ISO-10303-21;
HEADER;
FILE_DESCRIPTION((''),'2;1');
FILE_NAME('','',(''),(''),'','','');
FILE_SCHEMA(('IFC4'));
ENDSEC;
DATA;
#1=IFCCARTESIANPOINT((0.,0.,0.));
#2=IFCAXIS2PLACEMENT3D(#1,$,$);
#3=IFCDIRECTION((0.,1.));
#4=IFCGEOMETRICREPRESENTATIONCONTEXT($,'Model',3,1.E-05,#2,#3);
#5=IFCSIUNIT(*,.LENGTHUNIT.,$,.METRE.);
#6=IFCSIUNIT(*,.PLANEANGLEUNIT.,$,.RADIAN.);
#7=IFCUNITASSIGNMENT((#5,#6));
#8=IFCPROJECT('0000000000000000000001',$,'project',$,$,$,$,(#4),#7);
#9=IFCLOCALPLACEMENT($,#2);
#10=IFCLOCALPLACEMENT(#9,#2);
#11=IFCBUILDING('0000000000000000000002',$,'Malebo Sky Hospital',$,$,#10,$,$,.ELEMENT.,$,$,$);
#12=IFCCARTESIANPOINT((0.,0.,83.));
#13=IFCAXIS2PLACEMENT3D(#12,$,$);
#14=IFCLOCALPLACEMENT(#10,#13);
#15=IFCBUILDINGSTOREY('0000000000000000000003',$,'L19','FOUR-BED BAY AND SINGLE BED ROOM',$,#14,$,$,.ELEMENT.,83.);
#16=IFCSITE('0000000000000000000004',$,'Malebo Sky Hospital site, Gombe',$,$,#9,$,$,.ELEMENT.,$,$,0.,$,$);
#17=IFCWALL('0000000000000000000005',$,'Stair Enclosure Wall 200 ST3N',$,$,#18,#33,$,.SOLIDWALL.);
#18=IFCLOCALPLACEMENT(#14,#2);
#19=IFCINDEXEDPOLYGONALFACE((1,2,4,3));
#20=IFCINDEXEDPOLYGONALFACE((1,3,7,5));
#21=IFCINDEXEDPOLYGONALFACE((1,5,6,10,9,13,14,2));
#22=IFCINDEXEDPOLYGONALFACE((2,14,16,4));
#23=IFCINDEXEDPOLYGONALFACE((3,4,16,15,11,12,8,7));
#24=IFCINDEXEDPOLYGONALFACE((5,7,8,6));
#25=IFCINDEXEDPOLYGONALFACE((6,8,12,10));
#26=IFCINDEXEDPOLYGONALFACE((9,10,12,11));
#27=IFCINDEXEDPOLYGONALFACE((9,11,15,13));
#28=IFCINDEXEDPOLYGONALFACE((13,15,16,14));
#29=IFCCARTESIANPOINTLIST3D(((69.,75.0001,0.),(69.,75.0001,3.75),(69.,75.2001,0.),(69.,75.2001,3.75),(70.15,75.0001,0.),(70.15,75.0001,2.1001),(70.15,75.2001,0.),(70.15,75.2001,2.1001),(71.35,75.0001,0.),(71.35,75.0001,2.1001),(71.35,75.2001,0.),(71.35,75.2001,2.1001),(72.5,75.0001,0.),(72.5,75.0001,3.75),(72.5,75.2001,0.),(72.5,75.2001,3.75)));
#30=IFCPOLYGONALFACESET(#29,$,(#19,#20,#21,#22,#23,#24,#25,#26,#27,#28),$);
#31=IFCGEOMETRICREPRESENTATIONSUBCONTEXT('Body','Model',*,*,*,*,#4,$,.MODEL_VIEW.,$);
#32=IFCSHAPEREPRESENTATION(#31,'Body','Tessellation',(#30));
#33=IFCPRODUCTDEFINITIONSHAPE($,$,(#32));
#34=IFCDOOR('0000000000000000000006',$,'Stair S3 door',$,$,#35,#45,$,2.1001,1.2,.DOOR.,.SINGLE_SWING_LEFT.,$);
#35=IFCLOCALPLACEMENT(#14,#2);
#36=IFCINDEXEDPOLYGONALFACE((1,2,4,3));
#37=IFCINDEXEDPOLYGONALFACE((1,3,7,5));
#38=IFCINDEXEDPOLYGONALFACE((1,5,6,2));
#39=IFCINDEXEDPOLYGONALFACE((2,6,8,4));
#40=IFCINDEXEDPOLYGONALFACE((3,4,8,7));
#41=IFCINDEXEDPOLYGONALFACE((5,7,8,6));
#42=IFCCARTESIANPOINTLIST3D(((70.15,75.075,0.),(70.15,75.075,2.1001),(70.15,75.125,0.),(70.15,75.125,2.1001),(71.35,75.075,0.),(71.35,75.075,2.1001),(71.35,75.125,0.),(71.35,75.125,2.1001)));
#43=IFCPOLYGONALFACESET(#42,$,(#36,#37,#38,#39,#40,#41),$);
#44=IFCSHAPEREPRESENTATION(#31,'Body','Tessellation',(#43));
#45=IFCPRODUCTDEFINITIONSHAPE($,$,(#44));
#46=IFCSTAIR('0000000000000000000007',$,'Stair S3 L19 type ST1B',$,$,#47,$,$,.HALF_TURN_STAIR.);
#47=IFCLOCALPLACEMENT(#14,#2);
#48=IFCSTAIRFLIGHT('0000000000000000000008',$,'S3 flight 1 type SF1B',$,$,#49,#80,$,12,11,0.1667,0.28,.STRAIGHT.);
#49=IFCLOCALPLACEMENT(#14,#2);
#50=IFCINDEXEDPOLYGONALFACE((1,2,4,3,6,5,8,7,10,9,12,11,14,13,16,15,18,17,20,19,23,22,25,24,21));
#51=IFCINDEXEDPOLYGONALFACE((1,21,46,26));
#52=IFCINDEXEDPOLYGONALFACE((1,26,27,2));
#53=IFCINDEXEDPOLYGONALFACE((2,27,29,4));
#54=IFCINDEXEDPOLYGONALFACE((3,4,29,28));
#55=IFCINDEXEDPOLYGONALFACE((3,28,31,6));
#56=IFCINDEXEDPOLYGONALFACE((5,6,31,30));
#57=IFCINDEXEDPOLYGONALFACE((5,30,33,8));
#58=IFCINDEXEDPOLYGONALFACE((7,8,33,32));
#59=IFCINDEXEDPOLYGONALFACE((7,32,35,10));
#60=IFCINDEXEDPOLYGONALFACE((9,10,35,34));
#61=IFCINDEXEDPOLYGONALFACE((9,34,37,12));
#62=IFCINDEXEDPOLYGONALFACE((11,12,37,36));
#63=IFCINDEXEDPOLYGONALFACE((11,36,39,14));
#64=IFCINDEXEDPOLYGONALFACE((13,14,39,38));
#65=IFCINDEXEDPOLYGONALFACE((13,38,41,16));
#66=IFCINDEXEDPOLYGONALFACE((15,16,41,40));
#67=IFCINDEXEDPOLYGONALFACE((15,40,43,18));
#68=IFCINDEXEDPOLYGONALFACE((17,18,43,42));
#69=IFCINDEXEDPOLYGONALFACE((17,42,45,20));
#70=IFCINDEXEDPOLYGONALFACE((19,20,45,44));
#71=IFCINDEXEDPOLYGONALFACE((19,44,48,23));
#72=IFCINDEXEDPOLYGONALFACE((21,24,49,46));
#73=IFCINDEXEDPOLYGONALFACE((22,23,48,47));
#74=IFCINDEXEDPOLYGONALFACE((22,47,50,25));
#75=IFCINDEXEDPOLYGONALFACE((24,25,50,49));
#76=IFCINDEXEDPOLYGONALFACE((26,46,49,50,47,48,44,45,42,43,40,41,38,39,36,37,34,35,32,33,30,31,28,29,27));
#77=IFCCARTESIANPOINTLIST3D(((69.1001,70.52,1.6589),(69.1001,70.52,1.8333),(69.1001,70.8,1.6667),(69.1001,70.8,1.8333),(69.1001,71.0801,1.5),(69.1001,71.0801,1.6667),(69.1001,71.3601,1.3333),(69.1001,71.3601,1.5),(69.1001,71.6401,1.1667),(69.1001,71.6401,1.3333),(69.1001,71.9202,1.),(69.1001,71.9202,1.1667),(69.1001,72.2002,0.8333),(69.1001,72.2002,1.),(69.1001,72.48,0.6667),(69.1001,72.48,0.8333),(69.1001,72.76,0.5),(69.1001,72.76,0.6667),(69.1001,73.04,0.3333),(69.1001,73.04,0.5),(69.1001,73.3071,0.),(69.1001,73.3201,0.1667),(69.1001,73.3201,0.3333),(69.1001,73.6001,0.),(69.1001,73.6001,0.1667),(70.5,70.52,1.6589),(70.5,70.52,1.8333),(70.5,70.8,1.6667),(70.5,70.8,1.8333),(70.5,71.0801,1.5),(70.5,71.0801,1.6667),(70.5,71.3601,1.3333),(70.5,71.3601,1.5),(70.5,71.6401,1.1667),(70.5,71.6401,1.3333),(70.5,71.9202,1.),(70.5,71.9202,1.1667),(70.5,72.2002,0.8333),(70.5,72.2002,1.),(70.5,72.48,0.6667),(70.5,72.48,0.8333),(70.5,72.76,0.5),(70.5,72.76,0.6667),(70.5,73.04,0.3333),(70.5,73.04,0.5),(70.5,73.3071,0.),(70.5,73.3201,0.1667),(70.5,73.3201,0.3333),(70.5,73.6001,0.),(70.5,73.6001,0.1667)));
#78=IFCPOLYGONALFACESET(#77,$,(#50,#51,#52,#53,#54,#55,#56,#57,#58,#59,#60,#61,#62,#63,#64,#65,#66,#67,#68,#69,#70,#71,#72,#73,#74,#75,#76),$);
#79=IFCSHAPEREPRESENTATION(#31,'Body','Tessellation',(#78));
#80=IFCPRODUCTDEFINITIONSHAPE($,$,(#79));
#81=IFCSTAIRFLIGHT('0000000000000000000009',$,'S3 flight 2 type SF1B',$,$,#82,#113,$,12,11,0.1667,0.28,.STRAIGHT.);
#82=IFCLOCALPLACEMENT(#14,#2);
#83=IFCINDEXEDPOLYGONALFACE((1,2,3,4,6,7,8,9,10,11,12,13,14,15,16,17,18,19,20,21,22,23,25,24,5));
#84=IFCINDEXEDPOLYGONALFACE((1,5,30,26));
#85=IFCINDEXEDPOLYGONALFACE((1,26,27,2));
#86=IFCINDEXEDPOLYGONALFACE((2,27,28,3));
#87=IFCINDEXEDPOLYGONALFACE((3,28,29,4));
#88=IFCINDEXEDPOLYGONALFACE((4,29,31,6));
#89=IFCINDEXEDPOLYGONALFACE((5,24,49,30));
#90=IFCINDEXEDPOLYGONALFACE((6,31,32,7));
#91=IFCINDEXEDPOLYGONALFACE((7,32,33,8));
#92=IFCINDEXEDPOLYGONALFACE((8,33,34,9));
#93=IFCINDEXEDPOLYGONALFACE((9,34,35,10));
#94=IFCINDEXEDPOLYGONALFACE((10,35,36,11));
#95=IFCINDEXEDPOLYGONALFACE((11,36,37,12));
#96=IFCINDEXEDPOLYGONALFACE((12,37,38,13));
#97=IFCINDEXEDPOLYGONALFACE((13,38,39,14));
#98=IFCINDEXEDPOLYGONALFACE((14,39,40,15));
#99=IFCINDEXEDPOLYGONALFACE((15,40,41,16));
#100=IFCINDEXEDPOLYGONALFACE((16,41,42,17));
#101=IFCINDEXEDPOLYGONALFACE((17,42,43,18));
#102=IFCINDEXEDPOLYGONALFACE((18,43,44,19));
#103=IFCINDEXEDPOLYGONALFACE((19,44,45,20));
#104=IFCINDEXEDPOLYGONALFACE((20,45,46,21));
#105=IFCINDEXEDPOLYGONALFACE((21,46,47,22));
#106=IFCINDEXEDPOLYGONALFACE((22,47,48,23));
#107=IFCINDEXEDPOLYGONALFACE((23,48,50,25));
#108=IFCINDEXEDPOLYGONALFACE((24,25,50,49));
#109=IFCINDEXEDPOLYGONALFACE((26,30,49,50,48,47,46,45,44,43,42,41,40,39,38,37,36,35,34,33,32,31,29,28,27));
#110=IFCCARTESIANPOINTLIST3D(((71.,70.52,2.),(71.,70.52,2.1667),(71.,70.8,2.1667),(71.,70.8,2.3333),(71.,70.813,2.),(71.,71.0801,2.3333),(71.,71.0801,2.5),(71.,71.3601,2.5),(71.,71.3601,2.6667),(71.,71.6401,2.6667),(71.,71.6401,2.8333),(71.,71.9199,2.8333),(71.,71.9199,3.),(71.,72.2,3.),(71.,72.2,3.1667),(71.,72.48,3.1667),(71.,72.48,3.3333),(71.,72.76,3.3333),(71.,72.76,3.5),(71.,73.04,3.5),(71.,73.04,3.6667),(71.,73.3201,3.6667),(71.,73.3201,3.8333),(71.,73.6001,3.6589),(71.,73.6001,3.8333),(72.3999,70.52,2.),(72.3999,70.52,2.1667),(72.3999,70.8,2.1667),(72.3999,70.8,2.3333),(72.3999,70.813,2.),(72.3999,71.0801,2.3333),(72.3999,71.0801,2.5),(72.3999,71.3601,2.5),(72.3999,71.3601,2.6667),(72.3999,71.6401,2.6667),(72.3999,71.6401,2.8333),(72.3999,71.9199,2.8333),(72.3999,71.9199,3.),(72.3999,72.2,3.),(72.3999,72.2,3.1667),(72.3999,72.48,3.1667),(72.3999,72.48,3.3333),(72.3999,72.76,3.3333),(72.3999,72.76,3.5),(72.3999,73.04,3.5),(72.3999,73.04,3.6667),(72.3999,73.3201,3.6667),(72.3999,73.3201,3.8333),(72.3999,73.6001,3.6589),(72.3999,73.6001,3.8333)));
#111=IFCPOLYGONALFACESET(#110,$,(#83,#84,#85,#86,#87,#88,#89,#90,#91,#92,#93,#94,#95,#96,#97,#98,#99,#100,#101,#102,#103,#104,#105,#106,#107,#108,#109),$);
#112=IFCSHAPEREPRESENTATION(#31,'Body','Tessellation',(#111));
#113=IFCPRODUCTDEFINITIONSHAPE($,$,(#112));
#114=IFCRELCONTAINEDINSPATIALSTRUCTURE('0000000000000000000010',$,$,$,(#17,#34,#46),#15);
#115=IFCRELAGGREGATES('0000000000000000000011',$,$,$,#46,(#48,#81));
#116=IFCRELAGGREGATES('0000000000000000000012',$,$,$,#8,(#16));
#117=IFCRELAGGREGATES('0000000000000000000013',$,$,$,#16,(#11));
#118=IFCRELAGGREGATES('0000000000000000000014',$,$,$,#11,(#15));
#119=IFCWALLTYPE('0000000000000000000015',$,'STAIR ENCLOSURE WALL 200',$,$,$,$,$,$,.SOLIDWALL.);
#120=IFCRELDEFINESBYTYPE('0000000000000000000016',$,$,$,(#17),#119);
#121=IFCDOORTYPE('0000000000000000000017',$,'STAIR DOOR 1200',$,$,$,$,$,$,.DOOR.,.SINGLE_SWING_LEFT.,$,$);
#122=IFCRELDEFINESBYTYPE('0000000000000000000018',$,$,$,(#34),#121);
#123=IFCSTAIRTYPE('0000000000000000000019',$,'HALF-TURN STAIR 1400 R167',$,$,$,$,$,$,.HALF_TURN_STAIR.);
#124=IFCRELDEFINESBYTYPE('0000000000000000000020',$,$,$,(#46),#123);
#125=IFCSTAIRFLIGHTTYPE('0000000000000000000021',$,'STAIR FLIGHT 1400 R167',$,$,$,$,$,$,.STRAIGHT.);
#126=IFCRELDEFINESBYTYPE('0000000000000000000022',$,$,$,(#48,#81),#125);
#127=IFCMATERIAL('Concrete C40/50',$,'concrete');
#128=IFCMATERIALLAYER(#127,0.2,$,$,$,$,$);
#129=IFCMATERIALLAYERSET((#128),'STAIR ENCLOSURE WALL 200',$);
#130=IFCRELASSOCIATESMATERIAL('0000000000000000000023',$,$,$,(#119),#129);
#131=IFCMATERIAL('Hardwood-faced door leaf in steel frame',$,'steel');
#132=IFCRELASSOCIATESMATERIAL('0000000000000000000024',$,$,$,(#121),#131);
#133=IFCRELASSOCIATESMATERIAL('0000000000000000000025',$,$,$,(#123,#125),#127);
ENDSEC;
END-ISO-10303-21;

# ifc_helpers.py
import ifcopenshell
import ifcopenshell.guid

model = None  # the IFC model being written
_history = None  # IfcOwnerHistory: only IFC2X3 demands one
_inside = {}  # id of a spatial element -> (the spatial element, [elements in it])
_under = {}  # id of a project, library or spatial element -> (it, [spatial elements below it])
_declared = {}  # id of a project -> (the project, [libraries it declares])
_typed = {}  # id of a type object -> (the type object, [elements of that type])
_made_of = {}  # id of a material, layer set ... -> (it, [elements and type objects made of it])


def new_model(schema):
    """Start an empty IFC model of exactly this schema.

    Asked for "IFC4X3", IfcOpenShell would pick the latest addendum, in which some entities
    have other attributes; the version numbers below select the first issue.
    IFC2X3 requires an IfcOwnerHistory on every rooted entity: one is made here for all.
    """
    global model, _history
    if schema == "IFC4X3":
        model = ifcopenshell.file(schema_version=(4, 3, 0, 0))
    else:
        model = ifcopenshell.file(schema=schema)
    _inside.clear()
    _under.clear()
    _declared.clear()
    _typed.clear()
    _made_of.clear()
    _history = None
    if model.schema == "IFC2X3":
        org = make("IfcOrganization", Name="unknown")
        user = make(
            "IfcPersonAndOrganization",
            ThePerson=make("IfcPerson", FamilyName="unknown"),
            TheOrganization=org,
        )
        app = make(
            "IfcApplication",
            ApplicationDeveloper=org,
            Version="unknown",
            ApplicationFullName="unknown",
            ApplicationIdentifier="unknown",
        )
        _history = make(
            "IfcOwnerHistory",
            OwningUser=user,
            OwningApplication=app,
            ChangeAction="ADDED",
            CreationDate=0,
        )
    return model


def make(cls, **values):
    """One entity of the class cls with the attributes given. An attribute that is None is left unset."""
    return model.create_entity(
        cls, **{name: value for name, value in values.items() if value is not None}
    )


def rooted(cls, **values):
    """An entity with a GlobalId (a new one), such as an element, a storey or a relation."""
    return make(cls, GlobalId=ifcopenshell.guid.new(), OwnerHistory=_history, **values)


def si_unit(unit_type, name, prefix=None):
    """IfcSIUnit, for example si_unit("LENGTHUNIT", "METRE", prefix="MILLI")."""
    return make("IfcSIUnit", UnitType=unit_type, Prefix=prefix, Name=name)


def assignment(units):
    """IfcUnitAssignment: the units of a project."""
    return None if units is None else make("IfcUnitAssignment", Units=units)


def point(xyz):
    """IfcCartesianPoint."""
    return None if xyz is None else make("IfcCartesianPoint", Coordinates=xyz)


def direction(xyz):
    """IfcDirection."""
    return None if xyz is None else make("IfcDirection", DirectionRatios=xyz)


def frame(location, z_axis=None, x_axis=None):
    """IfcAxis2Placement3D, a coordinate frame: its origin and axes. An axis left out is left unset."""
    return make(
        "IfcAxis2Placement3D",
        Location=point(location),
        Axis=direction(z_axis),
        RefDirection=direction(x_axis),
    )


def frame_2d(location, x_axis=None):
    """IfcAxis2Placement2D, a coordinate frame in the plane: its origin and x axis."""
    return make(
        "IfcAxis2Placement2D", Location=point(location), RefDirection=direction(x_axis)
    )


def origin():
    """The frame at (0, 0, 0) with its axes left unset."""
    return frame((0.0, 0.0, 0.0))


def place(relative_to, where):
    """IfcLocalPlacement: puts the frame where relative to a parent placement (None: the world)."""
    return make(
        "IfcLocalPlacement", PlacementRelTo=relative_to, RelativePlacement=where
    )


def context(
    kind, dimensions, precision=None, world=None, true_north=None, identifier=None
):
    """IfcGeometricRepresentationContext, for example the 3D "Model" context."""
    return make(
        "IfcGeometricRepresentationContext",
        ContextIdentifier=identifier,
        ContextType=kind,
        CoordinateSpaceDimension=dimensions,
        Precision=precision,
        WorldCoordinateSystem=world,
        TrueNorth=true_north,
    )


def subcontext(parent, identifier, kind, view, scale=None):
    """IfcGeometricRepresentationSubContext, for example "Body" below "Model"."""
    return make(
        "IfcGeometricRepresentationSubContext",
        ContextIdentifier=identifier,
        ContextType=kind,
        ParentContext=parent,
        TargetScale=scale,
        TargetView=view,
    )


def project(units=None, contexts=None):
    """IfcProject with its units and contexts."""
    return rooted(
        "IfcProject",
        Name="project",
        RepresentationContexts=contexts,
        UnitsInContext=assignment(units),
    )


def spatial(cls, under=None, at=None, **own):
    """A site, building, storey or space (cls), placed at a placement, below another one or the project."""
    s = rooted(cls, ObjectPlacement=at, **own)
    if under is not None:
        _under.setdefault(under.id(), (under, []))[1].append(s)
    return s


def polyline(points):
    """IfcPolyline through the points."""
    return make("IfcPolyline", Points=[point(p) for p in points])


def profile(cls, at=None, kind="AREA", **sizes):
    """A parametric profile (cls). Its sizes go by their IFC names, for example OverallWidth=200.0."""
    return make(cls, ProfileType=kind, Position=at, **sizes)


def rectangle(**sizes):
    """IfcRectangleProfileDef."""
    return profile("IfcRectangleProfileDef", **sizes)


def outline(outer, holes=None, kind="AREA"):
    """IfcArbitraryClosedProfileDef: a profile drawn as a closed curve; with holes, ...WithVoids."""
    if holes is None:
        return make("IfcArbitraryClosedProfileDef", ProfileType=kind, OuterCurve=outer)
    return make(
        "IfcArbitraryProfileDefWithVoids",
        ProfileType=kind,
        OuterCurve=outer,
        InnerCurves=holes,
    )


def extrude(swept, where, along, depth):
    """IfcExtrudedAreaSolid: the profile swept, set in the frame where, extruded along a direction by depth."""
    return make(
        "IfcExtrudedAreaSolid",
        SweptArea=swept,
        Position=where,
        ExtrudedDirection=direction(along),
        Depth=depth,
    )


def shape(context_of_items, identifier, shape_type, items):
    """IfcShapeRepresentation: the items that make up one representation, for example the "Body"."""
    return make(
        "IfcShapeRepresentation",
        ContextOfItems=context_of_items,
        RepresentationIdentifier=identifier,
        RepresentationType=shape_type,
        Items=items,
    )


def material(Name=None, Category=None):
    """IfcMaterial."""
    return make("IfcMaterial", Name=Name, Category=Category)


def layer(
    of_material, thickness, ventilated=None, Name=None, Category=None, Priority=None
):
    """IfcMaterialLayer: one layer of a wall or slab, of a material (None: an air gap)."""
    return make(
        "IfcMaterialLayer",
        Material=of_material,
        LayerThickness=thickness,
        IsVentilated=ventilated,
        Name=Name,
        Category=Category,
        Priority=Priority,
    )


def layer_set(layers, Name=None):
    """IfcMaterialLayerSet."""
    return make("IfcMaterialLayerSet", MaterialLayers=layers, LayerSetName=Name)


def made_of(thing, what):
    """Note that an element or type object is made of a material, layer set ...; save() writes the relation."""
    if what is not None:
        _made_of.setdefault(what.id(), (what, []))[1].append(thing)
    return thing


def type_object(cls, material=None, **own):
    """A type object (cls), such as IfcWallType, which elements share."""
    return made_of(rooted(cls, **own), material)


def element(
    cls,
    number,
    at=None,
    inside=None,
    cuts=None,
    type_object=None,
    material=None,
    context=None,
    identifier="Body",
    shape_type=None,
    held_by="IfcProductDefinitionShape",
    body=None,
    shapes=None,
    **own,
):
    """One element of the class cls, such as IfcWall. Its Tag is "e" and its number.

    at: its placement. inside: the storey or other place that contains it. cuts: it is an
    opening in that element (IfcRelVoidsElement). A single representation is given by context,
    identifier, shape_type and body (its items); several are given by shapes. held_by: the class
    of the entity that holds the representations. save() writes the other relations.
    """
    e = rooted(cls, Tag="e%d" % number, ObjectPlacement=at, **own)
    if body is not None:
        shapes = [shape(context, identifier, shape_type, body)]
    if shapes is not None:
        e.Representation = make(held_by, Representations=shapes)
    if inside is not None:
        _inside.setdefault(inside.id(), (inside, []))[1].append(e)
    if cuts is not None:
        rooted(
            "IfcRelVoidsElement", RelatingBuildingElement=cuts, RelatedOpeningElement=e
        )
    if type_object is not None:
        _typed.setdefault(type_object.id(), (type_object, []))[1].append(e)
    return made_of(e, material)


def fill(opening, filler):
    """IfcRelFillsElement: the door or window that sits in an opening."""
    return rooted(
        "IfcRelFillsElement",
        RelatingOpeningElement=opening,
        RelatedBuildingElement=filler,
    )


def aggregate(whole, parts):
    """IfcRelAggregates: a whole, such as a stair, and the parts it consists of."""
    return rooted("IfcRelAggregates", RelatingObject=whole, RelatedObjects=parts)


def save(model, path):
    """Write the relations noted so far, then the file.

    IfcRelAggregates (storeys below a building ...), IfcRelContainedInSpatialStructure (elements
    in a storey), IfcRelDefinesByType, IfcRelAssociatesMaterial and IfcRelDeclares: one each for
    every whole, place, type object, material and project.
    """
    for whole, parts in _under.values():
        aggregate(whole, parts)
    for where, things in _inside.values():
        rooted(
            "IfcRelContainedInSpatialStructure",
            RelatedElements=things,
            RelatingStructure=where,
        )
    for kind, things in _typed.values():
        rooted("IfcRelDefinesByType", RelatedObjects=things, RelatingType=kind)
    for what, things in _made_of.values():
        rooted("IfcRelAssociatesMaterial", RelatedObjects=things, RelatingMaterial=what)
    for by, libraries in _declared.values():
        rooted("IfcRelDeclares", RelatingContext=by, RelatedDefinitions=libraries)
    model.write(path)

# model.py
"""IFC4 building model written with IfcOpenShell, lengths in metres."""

from ifc_helpers import new_model, si_unit, direction, frame, frame_2d, origin, place, context, subcontext, project, spatial, polyline, rectangle, outline, extrude, material, layer, layer_set, type_object, element, fill, aggregate, save


model = new_model("IFC4")

# Units and contexts
model_context = context("Model", 3, precision=1e-05, world=origin(), true_north=direction((0.0, 1.0)))
body_context = subcontext(model_context, "Body", "Model", "MODEL_VIEW")
ifc_project = project(units=[si_unit("LENGTHUNIT", "METRE"), si_unit("PLANEANGLEUNIT", "RADIAN")], contexts=[model_context])

# Site, building, storey
site_placement = place(None, origin())
site = spatial("IfcSite", under=ifc_project, at=site_placement, Name="Malebo Sky Hospital site, Gombe", CompositionType="ELEMENT", RefElevation=0.0)
building_placement = place(site_placement, origin())
building = spatial("IfcBuilding", under=site, at=building_placement, Name="Malebo Sky Hospital", CompositionType="ELEMENT")
storey_placement = place(building_placement, frame((0.0, 0.0, 83.0)))
storey = spatial("IfcBuildingStorey", under=building, at=storey_placement, Name="L19", Description="FOUR-BED BAY AND SINGLE BED ROOM", CompositionType="ELEMENT", Elevation=83.0)

# Shared definitions
ifc_material_1 = material(Name="Hardwood-faced door leaf in steel frame", Category="steel")

# Shared definitions
ifc_material_2 = material(Name="Concrete C40/50", Category="concrete")
ifc_layer_1 = layer(ifc_material_2, 0.2)
ifc_layer_set_1 = layer_set([ifc_layer_1], Name="STAIR ENCLOSURE WALL 200")
wall_type_1 = type_object("IfcWallType", Name="STAIR ENCLOSURE WALL 200", PredefinedType="SOLIDWALL", material=ifc_layer_set_1)

# Wall, opening, door
wall_1_placement = place(storey_placement, frame((69.0, 75.1001, 0.0), z_axis=(0.0, 0.0, 1.0), x_axis=(1.0, 0.0, 0.0)))
wall_1 = element("IfcWall", 1, at=wall_1_placement, inside=storey, type_object=wall_type_1, Name="Stair Enclosure Wall 200 ST3N", PredefinedType="SOLIDWALL", context=body_context, shape_type="SweptSolid", body=[
    extrude(rectangle(XDim=3.5, YDim=0.2, at=frame_2d((1.75, 0.0))), origin(), (0.0, 0.0, 1.0), 3.75),
])
opening_1_placement = place(wall_1_placement, frame((1.1499, 0.0, 0.0)))
opening_1 = element("IfcOpeningElement", 2, at=opening_1_placement, cuts=wall_1, PredefinedType="OPENING", context=body_context, shape_type="SweptSolid", body=[
    extrude(rectangle(XDim=1.2, YDim=2.1001, at=frame_2d((0.6001, 1.05))), frame((0.0, 0.1099, 0.0), z_axis=(0.0, -1.0, 0.0), x_axis=(1.0, 0.0, 0.0)), (0.0, 0.0, 1.0), 0.22),
])
door_type_1 = type_object("IfcDoorType", Name="STAIR DOOR 1200", OperationType="SINGLE_SWING_LEFT", PredefinedType="DOOR", material=ifc_material_1)
door_1_placement = place(opening_1_placement, origin())
door_1 = element("IfcDoor", 3, at=door_1_placement, inside=storey, type_object=door_type_1, Name="Stair S3 door", OperationType="SINGLE_SWING_LEFT", OverallHeight=2.1001, OverallWidth=1.2, PredefinedType="DOOR", context=body_context, shape_type="SweptSolid", body=[
    extrude(rectangle(XDim=1.2, YDim=2.1001, at=frame_2d((0.6001, 1.05))), frame((0.0, 0.0249, 0.0), z_axis=(0.0, -1.0, 0.0), x_axis=(1.0, 0.0, 0.0)), (0.0, 0.0, 1.0), 0.05),
])
fill(opening_1, door_1)

# Stair, stair flights
stair_type = type_object("IfcStairType", Name="HALF-TURN STAIR 1400 R167", PredefinedType="HALF_TURN_STAIR", material=ifc_material_2)
stair_placement = place(storey_placement, origin())
stair = element("IfcStair", 4, at=stair_placement, inside=storey, type_object=stair_type, Name="Stair S3 L19 type ST1B", PredefinedType="HALF_TURN_STAIR")
stair_flight_type = type_object("IfcStairFlightType", Name="STAIR FLIGHT 1400 R167", PredefinedType="STRAIGHT", material=ifc_material_2)
stair_flight_1_placement = place(storey_placement, frame((69.8, 73.6001, 0.0), z_axis=(0.0, 0.0, 1.0), x_axis=(0.0, -1.0, 0.0)))
stair_flight_1 = element("IfcStairFlight", 5, at=stair_flight_1_placement, type_object=stair_flight_type, Name="S3 flight 1 type SF1B", NumberOfRisers=12, NumberOfTreads=11, PredefinedType="STRAIGHT", RiserHeight=0.1667, TreadLength=0.28, context=body_context, shape_type="SweptSolid", body=[
    extrude(outline(polyline([(0.0, 0.0), (0.0, 0.1667), (0.28, 0.1667), (0.28, 0.3333), (0.5601, 0.3333), (0.5601, 0.5), (0.8401, 0.5), (0.8401, 0.6667), (1.1201, 0.6667), (1.1201, 0.8333), (1.3999, 0.8333), (1.3999, 1.0), (1.6799, 1.0), (1.6799, 1.1667), (1.96, 1.1667), (1.96, 1.3333), (2.24, 1.3333), (2.24, 1.5), (2.52, 1.5), (2.52, 1.6667), (2.8, 1.6667), (2.8, 1.8333), (3.0801, 1.8333), (3.0801, 2.0), (3.0801, 1.6589), (0.293, 0.0), (0.0, 0.0)])), frame((0.0, 0.7, 0.0), z_axis=(0.0, -1.0, 0.0), x_axis=(1.0, 0.0, 0.0)), (0.0, 0.0, 1.0), 1.3999),
])
stair_flight_2_placement = place(storey_placement, frame((71.7, 70.52, 2.0), z_axis=(0.0, 0.0, 1.0), x_axis=(0.0, 1.0, 0.0)))
stair_flight_2 = element("IfcStairFlight", 6, at=stair_flight_2_placement, type_object=stair_flight_type, Name="S3 flight 2 type SF1B", NumberOfRisers=12, NumberOfTreads=11, PredefinedType="STRAIGHT", RiserHeight=0.1667, TreadLength=0.28, context=body_context, shape_type="SweptSolid", body=[
    extrude(outline(polyline([(0.0, 0.0), (0.0, 0.1667), (0.28, 0.1667), (0.28, 0.3333), (0.5601, 0.3333), (0.5601, 0.5), (0.8401, 0.5), (0.8401, 0.6667), (1.1201, 0.6667), (1.1201, 0.8333), (1.3999, 0.8333), (1.3999, 1.0), (1.6799, 1.0), (1.6799, 1.1667), (1.96, 1.1667), (1.96, 1.3333), (2.24, 1.3333), (2.24, 1.5), (2.52, 1.5), (2.52, 1.6667), (2.8, 1.6667), (2.8, 1.8333), (3.0801, 1.8333), (3.0801, 2.0), (3.0801, 1.6589), (0.293, 0.0), (0.0, 0.0)])), frame((0.0, 0.7, 0.0), z_axis=(0.0, -1.0, 0.0), x_axis=(1.0, 0.0, 0.0)), (0.0, 0.0, 1.0), 1.3999),
])
aggregate(stair, [stair_flight_1, stair_flight_2])

save(model, "model.ifc")
